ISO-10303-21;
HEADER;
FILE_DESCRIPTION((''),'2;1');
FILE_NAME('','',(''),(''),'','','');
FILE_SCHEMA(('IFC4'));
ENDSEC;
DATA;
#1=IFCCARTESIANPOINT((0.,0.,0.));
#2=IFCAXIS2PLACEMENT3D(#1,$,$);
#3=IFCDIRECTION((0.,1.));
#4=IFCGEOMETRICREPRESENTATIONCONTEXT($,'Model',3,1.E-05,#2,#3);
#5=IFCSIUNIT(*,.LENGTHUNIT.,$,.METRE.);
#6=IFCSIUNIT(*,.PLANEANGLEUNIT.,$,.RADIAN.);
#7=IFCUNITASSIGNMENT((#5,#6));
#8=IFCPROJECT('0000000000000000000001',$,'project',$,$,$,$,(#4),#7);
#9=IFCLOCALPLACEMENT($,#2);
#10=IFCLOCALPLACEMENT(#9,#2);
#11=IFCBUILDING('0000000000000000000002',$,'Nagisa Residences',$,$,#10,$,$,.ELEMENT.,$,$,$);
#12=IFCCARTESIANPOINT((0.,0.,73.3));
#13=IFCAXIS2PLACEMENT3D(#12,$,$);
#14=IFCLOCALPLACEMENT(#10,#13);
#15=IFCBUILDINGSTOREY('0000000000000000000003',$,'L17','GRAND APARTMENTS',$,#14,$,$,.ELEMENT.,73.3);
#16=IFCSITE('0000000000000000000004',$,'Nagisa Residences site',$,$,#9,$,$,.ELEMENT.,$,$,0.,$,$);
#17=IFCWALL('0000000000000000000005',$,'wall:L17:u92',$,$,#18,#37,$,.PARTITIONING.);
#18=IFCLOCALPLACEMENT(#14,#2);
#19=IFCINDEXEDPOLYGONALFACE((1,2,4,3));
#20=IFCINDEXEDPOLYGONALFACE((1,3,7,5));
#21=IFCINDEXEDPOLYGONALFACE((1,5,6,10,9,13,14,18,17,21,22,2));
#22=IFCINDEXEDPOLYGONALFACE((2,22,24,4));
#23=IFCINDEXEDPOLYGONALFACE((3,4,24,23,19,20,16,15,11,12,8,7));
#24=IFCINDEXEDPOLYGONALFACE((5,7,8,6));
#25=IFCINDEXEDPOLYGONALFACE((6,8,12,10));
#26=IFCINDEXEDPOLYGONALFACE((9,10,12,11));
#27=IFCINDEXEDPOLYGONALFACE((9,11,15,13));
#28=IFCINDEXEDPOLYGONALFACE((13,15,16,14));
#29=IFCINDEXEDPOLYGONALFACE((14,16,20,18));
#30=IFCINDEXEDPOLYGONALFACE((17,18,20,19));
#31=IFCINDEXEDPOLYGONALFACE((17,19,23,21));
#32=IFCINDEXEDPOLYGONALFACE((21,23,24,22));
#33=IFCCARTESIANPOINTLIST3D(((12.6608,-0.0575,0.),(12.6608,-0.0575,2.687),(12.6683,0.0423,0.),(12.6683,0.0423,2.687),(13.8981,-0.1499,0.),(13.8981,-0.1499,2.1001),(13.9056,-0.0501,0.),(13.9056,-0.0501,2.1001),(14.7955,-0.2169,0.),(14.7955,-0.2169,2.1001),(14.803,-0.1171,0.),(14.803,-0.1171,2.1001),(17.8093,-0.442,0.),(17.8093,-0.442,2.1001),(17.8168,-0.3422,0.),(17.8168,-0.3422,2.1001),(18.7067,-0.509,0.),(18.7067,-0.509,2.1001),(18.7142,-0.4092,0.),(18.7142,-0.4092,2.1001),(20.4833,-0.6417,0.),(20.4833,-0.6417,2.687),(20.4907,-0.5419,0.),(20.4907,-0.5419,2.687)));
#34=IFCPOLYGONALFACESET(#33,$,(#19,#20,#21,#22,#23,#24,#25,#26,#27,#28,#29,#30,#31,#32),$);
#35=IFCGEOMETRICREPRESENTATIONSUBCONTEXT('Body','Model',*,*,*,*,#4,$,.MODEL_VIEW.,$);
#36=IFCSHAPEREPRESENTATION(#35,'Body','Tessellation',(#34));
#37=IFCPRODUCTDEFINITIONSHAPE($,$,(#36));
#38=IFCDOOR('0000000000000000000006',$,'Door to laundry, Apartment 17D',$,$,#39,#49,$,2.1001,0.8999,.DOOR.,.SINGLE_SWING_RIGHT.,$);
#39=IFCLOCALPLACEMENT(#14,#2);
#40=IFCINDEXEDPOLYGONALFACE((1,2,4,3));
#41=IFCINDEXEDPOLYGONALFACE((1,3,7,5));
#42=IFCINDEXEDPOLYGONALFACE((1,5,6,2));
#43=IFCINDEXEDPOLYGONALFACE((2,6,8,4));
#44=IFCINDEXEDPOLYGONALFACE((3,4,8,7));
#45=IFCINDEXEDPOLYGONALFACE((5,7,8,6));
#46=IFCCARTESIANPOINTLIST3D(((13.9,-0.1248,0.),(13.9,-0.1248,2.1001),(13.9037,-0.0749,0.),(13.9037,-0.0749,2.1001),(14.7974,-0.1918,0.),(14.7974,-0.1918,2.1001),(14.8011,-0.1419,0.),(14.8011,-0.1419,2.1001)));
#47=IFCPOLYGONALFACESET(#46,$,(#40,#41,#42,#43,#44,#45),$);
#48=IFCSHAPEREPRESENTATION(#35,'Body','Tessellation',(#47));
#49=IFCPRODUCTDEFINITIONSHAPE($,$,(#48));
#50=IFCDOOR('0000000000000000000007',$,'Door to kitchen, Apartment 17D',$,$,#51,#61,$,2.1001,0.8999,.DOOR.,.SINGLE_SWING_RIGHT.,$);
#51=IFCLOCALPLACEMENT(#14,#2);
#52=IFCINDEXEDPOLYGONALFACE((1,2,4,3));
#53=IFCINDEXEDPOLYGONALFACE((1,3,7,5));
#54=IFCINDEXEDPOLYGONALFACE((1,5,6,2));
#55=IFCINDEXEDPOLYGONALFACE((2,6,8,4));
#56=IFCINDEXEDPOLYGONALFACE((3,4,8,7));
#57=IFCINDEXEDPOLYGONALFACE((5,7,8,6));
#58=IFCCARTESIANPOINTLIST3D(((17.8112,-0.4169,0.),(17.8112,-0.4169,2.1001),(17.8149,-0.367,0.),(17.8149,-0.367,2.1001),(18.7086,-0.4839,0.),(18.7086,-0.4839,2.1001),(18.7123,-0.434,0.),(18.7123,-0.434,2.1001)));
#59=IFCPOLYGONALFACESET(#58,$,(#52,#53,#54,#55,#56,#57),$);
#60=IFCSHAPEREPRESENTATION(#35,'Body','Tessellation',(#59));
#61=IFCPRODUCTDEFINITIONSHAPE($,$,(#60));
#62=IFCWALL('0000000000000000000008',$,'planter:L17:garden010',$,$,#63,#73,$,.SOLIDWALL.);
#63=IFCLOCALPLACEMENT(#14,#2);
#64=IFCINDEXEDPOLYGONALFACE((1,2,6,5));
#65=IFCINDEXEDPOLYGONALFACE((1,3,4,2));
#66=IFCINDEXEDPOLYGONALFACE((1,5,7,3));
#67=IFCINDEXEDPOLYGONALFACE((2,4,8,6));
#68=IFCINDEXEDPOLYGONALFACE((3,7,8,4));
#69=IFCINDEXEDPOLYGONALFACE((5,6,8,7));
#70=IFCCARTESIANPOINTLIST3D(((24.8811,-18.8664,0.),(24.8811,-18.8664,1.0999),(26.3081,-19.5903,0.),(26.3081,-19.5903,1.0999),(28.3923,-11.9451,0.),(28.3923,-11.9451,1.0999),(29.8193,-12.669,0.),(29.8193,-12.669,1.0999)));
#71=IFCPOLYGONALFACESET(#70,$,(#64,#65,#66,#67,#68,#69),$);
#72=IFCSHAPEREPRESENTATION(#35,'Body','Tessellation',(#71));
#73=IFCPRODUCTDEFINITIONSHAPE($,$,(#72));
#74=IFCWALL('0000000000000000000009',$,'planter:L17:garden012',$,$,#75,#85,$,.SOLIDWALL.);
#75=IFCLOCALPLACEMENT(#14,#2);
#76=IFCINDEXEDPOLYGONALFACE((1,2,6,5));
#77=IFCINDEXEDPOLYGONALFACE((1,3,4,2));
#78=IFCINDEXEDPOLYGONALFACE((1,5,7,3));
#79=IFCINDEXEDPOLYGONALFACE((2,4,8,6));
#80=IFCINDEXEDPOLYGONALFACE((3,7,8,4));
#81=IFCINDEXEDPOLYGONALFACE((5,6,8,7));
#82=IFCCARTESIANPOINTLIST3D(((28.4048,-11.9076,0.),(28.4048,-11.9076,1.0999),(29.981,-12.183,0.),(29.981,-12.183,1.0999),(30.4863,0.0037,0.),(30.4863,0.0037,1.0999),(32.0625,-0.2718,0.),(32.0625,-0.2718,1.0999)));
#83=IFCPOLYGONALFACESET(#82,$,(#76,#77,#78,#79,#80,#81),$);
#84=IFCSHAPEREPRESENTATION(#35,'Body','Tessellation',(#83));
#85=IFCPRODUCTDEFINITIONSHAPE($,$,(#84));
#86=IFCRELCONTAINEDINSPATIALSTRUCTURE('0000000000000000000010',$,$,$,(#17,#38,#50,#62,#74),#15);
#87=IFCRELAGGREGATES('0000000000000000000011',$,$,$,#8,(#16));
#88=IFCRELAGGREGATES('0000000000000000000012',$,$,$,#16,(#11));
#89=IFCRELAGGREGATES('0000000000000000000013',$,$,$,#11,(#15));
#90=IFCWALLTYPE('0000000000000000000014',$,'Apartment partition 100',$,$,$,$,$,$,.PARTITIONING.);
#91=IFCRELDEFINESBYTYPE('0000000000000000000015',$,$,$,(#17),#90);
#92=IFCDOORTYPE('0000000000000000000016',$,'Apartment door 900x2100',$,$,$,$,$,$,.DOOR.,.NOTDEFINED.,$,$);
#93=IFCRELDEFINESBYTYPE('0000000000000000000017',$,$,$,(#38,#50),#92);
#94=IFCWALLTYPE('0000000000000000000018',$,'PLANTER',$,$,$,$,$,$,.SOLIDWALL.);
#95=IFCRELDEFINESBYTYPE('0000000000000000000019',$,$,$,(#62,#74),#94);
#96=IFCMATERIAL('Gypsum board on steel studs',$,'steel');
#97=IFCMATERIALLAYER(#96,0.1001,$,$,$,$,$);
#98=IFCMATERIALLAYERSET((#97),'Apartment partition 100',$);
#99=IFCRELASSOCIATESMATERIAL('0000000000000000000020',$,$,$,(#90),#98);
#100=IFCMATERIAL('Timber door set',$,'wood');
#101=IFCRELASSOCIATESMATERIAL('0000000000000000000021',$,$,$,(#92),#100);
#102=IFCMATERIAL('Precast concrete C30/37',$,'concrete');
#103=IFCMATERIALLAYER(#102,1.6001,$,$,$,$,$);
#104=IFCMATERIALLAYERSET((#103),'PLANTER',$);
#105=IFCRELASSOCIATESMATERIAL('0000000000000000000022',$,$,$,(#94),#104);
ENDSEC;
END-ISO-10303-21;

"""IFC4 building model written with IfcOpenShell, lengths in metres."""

from ifc_helpers import new_model, si_unit, direction, frame, frame_2d, origin, place, context, subcontext, project, spatial, rectangle, extrude, material, layer, layer_set, type_object, element, fill, save


model = new_model("IFC4")

# Units and contexts
model_context = context("Model", 3, precision=1e-05, world=origin(), true_north=direction((0.0, 1.0)))
body_context = subcontext(model_context, "Body", "Model", "MODEL_VIEW")
ifc_project = project(units=[si_unit("LENGTHUNIT", "METRE"), si_unit("PLANEANGLEUNIT", "RADIAN")], contexts=[model_context])

# Site, building, storey
site_placement = place(None, origin())
site = spatial("IfcSite", under=ifc_project, at=site_placement, Name="Nagisa Residences site", CompositionType="ELEMENT", RefElevation=0.0)
building_placement = place(site_placement, origin())
building = spatial("IfcBuilding", under=site, at=building_placement, Name="Nagisa Residences", CompositionType="ELEMENT")
storey_placement = place(building_placement, frame((0.0, 0.0, 73.3)))
storey = spatial("IfcBuildingStorey", under=building, at=storey_placement, Name="L17", Description="GRAND APARTMENTS", CompositionType="ELEMENT", Elevation=73.3)

# Shared definitions
ifc_material_1 = material(Name="Gypsum board on steel studs", Category="steel")
ifc_layer_1 = layer(ifc_material_1, 0.1001)
ifc_layer_set_1 = layer_set([ifc_layer_1], Name="Apartment partition 100")
wall_type_1 = type_object("IfcWallType", Name="Apartment partition 100", PredefinedType="PARTITIONING", material=ifc_layer_set_1)
ifc_material_2 = material(Name="Timber door set", Category="wood")
door_type_1 = type_object("IfcDoorType", Name="Apartment door 900x2100", OperationType="NOTDEFINED", PredefinedType="DOOR", material=ifc_material_2)

# Wall, openings, doors
wall_1_placement = place(storey_placement, frame((12.6646, -0.0076, 0.0), z_axis=(0.0, 0.0, 1.0), x_axis=(0.997223, -0.074478, 0.0)))
wall_1 = element("IfcWall", 1, at=wall_1_placement, inside=storey, type_object=wall_type_1, Name="wall:L17:u92", PredefinedType="PARTITIONING", context=body_context, shape_type="SweptSolid", body=[
    extrude(rectangle(XDim=7.8442, YDim=0.1001, at=frame_2d((3.9221, 0.0))), origin(), (0.0, 0.0, 1.0), 2.687),
])
opening_1_placement = place(wall_1_placement, frame((1.2407, 0.0, 0.0)))
opening_1 = element("IfcOpeningElement", 2, at=opening_1_placement, cuts=wall_1, PredefinedType="OPENING", context=body_context, shape_type="SweptSolid", body=[
    extrude(rectangle(XDim=0.8999, YDim=2.1001, at=frame_2d((0.45, 1.05))), frame((0.0, 0.0601, 0.0), z_axis=(0.0, -1.0, 0.0), x_axis=(1.0, 0.0, 0.0)), (0.0, 0.0, 1.0), 0.1201),
])
opening_2_placement = place(wall_1_placement, frame((5.1628, 0.0, 0.0)))
opening_2 = element("IfcOpeningElement", 3, at=opening_2_placement, cuts=wall_1, PredefinedType="OPENING", context=body_context, shape_type="SweptSolid", body=[
    extrude(rectangle(XDim=0.8999, YDim=2.1001, at=frame_2d((0.45, 1.05))), frame((0.0, 0.0601, 0.0), z_axis=(0.0, -1.0, 0.0), x_axis=(1.0, 0.0, 0.0)), (0.0, 0.0, 1.0), 0.1201),
])
door_1_placement = place(opening_1_placement, frame((0.8999, 0.0, 0.0), x_axis=(-1.0, 0.0, 0.0)))
door_1 = element("IfcDoor", 4, at=door_1_placement, inside=storey, type_object=door_type_1, Name="Door to laundry, Apartment 17D", OperationType="SINGLE_SWING_RIGHT", OverallHeight=2.1001, OverallWidth=0.8999, PredefinedType="DOOR", context=body_context, shape_type="SweptSolid", body=[
    extrude(rectangle(XDim=0.8999, YDim=2.1001, at=frame_2d((0.45, 1.05))), frame((0.0, 0.0249, 0.0), z_axis=(0.0, -1.0, 0.0), x_axis=(1.0, 0.0, 0.0)), (0.0, 0.0, 1.0), 0.05),
])
fill(opening_1, door_1)
door_2_placement = place(opening_2_placement, frame((0.8999, 0.0, 0.0), x_axis=(-1.0, 0.0, 0.0)))
door_2 = element("IfcDoor", 5, at=door_2_placement, inside=storey, type_object=door_type_1, Name="Door to kitchen, Apartment 17D", OperationType="SINGLE_SWING_RIGHT", OverallHeight=2.1001, OverallWidth=0.8999, PredefinedType="DOOR", context=body_context, shape_type="SweptSolid", body=[
    extrude(rectangle(XDim=0.8999, YDim=2.1001, at=frame_2d((0.45, 1.05))), frame((0.0, 0.0249, 0.0), z_axis=(0.0, -1.0, 0.0), x_axis=(1.0, 0.0, 0.0)), (0.0, 0.0, 1.0), 0.05),
])
fill(opening_2, door_2)

# Walls
ifc_material_3 = material(Name="Precast concrete C30/37", Category="concrete")
ifc_layer_2 = layer(ifc_material_3, 1.6001)
ifc_layer_set_2 = layer_set([ifc_layer_2], Name="PLANTER")
wall_type_2 = type_object("IfcWallType", Name="PLANTER", PredefinedType="SOLIDWALL", material=ifc_layer_set_2)
wall_2_placement = place(storey_placement, frame((29.1057, -12.3071, 0.0), z_axis=(0.0, 0.0, 1.0), x_axis=(-0.452415, -0.891807, 0.0)))
element("IfcWall", 6, at=wall_2_placement, inside=storey, type_object=wall_type_2, Name="planter:L17:garden010", PredefinedType="SOLIDWALL", context=body_context, shape_type="SweptSolid", body=[
    extrude(rectangle(XDim=7.761, YDim=1.6001, at=frame_2d((3.8804, 0.0))), origin(), (0.0, 0.0, 1.0), 1.0999),
])
wall_3_placement = place(storey_placement, frame((31.2744, -0.134, 0.0), z_axis=(0.0, 0.0, 1.0), x_axis=(-0.172144, -0.985072, 0.0)))
element("IfcWall", 7, at=wall_3_placement, inside=storey, type_object=wall_type_2, Name="planter:L17:garden012", PredefinedType="SOLIDWALL", context=body_context, shape_type="SweptSolid", body=[
    extrude(rectangle(XDim=12.0918, YDim=1.6001, at=frame_2d((6.0459, 0.0))), origin(), (0.0, 0.0, 1.0), 1.0999),
])

save(model, "model.ifc")
